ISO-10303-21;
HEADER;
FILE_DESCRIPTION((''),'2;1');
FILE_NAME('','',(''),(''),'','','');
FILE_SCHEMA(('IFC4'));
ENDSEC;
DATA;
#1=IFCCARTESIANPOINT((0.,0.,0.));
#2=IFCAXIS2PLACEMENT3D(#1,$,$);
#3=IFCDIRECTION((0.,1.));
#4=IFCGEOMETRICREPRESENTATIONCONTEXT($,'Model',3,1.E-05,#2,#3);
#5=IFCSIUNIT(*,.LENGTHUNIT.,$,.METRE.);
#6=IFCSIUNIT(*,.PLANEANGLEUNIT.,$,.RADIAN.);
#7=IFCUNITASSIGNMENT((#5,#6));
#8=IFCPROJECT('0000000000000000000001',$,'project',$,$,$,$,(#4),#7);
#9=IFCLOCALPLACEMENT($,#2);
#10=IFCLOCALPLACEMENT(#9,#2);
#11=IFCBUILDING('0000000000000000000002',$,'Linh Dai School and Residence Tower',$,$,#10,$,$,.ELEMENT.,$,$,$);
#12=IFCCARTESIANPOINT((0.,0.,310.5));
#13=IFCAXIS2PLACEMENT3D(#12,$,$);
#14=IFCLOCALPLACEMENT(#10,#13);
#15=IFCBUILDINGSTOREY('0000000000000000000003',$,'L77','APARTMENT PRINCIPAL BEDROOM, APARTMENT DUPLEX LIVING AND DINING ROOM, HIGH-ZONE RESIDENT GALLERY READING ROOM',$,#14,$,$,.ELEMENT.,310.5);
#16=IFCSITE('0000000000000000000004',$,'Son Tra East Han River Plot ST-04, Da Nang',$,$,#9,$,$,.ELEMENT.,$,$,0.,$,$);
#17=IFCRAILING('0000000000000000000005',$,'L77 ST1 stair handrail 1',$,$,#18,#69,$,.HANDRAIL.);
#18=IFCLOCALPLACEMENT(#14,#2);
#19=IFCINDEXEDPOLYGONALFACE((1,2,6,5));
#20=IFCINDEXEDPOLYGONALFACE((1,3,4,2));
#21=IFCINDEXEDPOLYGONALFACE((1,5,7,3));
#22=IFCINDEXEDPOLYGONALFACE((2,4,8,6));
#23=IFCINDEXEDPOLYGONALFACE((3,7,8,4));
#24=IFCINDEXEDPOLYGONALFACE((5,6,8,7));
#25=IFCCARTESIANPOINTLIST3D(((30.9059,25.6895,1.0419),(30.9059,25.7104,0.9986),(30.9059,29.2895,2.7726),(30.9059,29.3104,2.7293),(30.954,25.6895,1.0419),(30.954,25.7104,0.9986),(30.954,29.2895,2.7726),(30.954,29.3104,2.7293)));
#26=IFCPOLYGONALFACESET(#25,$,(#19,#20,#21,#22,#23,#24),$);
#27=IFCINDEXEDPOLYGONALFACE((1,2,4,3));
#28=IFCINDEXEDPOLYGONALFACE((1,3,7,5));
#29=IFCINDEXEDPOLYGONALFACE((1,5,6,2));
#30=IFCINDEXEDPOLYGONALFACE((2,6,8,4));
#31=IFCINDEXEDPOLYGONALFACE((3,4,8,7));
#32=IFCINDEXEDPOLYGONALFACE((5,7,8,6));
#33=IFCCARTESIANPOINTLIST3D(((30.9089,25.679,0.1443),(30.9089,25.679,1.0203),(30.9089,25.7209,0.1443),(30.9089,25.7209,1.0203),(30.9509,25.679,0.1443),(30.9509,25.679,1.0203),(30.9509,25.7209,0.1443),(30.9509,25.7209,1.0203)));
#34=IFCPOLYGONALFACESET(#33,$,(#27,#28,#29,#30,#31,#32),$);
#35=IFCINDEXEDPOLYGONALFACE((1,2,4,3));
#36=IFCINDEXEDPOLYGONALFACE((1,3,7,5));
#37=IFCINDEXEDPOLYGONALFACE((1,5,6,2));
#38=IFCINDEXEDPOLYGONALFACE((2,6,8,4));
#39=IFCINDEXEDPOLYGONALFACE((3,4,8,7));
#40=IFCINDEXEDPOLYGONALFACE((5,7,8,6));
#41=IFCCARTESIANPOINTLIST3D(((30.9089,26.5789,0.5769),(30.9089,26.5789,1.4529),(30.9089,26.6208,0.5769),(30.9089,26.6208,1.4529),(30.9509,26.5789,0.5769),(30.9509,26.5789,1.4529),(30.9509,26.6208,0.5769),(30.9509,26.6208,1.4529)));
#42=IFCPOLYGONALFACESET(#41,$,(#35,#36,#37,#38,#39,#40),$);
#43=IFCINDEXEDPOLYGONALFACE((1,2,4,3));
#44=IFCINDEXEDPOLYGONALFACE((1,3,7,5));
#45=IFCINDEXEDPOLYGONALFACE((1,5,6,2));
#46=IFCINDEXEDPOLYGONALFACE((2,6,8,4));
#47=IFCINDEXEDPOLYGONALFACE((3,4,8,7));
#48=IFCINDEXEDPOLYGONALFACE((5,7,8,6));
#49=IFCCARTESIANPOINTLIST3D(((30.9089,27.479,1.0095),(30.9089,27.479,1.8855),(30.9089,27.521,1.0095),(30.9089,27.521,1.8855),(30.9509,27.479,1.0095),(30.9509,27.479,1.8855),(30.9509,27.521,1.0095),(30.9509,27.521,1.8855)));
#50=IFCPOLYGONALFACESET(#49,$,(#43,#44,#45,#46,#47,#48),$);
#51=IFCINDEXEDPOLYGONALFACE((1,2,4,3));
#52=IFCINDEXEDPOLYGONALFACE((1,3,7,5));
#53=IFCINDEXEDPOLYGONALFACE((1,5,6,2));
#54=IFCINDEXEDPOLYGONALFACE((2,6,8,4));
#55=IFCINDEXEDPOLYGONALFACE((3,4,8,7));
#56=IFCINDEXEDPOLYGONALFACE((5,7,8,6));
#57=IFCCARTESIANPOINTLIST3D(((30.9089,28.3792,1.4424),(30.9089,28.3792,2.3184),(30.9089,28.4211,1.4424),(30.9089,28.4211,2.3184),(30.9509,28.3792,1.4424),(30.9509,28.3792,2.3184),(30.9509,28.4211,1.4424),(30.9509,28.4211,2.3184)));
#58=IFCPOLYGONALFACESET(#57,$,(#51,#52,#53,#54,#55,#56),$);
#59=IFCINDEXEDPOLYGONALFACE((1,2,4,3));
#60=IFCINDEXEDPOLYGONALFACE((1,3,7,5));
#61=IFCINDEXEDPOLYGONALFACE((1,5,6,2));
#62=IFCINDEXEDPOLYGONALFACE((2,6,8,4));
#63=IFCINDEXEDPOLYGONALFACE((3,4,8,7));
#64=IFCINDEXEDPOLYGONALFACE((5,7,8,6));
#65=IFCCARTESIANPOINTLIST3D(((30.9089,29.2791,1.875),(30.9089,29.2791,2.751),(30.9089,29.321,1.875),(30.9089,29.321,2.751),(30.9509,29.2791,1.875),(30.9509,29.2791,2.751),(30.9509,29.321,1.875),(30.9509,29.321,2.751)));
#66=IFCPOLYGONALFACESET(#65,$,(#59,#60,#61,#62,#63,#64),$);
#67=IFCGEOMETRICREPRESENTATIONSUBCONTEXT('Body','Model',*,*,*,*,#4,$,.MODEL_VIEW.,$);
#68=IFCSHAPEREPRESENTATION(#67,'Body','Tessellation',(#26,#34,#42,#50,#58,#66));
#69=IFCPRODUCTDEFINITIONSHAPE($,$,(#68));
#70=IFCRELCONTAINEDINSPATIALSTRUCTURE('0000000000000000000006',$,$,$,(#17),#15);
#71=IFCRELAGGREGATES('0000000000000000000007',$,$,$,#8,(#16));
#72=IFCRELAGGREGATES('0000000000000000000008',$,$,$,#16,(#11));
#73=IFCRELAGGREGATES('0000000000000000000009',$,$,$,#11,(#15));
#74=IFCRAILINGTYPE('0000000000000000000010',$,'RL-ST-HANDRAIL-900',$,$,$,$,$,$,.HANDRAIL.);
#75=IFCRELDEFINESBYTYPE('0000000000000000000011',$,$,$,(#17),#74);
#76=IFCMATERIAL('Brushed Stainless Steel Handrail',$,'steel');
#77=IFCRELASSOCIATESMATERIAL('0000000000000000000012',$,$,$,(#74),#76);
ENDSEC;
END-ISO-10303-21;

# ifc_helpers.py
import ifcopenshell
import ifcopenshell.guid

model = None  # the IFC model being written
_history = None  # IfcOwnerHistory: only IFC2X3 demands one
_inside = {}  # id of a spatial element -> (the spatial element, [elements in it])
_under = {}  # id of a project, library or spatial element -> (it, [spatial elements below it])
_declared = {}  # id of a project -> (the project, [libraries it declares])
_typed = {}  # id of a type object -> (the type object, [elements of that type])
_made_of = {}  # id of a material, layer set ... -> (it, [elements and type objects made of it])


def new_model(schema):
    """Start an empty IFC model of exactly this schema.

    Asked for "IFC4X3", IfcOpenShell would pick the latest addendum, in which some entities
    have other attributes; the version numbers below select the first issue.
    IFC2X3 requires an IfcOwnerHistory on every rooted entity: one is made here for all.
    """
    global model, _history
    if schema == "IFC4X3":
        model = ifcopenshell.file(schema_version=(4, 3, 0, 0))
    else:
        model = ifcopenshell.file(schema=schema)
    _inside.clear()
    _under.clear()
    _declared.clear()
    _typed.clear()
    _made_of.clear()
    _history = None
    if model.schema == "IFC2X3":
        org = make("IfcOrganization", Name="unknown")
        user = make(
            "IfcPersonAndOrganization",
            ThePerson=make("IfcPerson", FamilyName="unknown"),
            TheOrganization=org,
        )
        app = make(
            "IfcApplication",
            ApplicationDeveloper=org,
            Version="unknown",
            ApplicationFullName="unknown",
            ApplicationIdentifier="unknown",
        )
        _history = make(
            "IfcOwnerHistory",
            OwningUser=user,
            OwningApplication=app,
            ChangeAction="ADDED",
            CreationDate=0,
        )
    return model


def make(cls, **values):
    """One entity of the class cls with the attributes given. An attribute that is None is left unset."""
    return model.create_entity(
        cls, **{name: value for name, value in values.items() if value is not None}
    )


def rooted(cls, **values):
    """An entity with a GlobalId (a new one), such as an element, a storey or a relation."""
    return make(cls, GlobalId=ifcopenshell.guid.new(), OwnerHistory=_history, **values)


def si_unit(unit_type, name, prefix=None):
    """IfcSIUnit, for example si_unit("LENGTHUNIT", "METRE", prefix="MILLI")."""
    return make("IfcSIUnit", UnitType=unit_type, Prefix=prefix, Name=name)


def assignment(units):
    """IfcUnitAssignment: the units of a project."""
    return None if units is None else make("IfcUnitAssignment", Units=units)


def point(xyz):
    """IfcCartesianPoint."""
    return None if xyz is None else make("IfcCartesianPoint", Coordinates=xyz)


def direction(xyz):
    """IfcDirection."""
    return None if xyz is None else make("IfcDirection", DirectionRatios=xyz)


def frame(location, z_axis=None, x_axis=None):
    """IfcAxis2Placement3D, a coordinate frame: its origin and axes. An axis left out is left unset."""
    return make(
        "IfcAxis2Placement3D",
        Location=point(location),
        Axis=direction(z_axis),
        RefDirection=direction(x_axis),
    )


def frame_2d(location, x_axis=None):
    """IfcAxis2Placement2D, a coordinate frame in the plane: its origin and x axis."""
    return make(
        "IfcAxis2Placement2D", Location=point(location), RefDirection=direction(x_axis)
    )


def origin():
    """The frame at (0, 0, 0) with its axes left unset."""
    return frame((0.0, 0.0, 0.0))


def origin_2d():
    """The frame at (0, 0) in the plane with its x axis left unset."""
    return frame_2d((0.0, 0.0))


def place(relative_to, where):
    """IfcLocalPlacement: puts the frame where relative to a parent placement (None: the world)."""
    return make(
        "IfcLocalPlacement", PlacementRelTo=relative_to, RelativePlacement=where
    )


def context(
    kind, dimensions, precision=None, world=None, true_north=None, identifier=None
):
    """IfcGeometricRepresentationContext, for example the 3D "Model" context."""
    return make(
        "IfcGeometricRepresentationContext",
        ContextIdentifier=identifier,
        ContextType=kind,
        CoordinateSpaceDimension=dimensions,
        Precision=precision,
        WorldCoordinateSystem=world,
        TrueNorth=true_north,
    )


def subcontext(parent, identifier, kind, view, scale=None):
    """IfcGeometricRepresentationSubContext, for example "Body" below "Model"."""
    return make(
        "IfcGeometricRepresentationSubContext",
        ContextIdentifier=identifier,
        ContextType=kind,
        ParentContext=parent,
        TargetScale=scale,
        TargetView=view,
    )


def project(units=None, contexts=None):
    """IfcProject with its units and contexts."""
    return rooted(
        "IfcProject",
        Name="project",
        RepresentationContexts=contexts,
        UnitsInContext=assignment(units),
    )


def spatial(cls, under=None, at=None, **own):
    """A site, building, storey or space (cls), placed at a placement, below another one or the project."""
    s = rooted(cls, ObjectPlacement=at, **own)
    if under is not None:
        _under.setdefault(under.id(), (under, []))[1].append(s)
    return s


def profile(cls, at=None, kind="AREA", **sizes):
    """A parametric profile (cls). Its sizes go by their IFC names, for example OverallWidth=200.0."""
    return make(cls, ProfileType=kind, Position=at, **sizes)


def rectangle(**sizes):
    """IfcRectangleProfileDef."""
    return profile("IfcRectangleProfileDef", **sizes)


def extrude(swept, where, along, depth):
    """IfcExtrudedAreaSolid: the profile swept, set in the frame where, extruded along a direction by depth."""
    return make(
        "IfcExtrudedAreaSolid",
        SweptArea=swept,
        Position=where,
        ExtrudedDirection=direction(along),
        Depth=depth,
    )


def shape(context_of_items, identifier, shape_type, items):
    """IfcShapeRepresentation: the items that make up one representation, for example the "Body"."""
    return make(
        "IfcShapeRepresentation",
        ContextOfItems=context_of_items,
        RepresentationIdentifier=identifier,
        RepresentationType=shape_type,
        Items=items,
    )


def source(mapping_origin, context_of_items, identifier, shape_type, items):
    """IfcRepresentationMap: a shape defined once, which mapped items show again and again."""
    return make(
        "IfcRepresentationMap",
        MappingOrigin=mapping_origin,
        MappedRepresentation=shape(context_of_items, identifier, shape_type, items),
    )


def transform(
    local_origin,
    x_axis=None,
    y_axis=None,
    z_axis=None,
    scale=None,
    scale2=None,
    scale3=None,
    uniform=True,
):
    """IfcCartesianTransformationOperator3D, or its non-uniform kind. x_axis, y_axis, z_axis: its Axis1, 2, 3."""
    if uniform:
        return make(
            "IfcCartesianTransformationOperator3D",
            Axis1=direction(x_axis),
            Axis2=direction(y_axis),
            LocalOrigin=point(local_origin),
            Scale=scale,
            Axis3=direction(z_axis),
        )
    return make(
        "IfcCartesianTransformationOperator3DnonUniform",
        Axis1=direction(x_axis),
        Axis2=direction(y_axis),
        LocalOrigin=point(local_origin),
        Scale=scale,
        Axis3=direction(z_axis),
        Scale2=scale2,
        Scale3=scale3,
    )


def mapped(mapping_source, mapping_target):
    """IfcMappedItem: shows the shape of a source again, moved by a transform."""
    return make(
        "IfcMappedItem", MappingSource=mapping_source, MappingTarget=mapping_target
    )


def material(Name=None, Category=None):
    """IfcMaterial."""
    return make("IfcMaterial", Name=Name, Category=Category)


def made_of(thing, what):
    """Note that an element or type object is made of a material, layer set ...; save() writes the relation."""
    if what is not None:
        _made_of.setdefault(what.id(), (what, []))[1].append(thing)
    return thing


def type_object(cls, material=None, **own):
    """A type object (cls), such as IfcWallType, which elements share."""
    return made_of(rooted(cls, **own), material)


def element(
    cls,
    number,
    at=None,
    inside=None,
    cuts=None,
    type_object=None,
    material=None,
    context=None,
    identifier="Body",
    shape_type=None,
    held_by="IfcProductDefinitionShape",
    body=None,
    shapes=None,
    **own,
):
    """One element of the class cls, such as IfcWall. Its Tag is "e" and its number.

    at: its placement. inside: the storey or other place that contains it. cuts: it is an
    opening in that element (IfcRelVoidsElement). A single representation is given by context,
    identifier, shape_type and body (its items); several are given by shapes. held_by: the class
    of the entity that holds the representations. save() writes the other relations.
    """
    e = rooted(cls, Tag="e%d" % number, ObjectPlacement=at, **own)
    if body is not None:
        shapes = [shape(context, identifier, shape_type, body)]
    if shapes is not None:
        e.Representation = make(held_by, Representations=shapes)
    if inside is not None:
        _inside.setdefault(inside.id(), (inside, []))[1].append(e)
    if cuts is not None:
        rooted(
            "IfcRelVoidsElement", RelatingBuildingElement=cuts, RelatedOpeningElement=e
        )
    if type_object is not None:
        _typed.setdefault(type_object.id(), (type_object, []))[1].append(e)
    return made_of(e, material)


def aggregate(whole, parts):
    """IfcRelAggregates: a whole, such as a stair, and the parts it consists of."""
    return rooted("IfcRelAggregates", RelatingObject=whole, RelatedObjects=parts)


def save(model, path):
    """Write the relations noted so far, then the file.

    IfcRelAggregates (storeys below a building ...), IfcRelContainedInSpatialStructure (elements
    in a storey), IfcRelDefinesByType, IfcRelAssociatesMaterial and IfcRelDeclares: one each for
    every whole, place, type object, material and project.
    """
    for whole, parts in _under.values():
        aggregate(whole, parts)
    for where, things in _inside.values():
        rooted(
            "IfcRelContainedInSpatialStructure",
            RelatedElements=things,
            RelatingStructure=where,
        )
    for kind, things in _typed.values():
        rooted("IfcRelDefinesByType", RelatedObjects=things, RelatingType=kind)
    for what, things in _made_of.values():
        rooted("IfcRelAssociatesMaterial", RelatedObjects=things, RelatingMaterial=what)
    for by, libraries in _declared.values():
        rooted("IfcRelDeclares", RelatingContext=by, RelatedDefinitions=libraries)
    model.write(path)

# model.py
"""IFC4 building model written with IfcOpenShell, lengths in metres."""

from ifc_helpers import new_model, si_unit, direction, frame, origin, origin_2d, place, context, subcontext, project, spatial, rectangle, extrude, source, transform, mapped, material, type_object, element, save


model = new_model("IFC4")

# Units and contexts
model_context = context("Model", 3, precision=1e-05, world=origin(), true_north=direction((0.0, 1.0)))
body_context = subcontext(model_context, "Body", "Model", "MODEL_VIEW")
ifc_project = project(units=[si_unit("LENGTHUNIT", "METRE"), si_unit("PLANEANGLEUNIT", "RADIAN")], contexts=[model_context])

# Site, building, storey
site_placement = place(None, origin())
site = spatial("IfcSite", under=ifc_project, at=site_placement, Name="Son Tra East Han River Plot ST-04, Da Nang", CompositionType="ELEMENT", RefElevation=0.0)
building_placement = place(site_placement, origin())
building = spatial("IfcBuilding", under=site, at=building_placement, Name="Linh Dai School and Residence Tower", CompositionType="ELEMENT")
storey_placement = place(building_placement, frame((0.0, 0.0, 310.5)))
storey = spatial("IfcBuildingStorey", under=building, at=storey_placement, Name="L77", Description="APARTMENT PRINCIPAL BEDROOM, APARTMENT DUPLEX LIVING AND DINING ROOM, HIGH-ZONE RESIDENT GALLERY READING ROOM", CompositionType="ELEMENT", Elevation=310.5)

# Railing
ifc_material_1 = material(Name="Brushed Stainless Steel Handrail", Category="steel")
railing_type_1 = type_object("IfcRailingType", Name="RL-ST-HANDRAIL-900", PredefinedType="HANDRAIL", material=ifc_material_1)
shared_shape_1 = source(origin(), body_context, "Body", "SweptSolid", [
    extrude(rectangle(XDim=0.0481, YDim=0.0481, at=origin_2d()), frame((0.0, 0.0, 0.876), z_axis=(0.0, 0.901263, 0.433273), x_axis=(-1.0, 0.0, 0.0)), (0.0, 0.0, 1.0), 3.9944),
    extrude(rectangle(XDim=0.042, YDim=0.042, at=origin_2d()), origin(), (0.0, 0.0, 1.0), 0.876),
    extrude(rectangle(XDim=0.042, YDim=0.042, at=origin_2d()), frame((0.0, 0.8999, 0.4326)), (0.0, 0.0, 1.0), 0.876),
    extrude(rectangle(XDim=0.042, YDim=0.042, at=origin_2d()), frame((0.0, 1.8, 0.8652)), (0.0, 0.0, 1.0), 0.876),
    extrude(rectangle(XDim=0.042, YDim=0.042, at=origin_2d()), frame((0.0, 2.7002, 1.2981)), (0.0, 0.0, 1.0), 0.876),
    extrude(rectangle(XDim=0.042, YDim=0.042, at=origin_2d()), frame((0.0, 3.6001, 1.7307)), (0.0, 0.0, 1.0), 0.876),
])
railing_1_placement = place(storey_placement, frame((30.9299, 25.7, 0.1443)))
element("IfcRailing", 1, at=railing_1_placement, inside=storey, type_object=railing_type_1, Name="L77 ST1 stair handrail 1", PredefinedType="HANDRAIL", context=body_context, shape_type="MappedRepresentation", body=[
    mapped(shared_shape_1, transform((0.0, 0.0, 0.0), x_axis=(1.0, 0.0, 0.0), y_axis=(0.0, 1.0, 0.0), z_axis=(0.0, 0.0, 1.0), scale=1.0)),
])

save(model, "model.ifc")
